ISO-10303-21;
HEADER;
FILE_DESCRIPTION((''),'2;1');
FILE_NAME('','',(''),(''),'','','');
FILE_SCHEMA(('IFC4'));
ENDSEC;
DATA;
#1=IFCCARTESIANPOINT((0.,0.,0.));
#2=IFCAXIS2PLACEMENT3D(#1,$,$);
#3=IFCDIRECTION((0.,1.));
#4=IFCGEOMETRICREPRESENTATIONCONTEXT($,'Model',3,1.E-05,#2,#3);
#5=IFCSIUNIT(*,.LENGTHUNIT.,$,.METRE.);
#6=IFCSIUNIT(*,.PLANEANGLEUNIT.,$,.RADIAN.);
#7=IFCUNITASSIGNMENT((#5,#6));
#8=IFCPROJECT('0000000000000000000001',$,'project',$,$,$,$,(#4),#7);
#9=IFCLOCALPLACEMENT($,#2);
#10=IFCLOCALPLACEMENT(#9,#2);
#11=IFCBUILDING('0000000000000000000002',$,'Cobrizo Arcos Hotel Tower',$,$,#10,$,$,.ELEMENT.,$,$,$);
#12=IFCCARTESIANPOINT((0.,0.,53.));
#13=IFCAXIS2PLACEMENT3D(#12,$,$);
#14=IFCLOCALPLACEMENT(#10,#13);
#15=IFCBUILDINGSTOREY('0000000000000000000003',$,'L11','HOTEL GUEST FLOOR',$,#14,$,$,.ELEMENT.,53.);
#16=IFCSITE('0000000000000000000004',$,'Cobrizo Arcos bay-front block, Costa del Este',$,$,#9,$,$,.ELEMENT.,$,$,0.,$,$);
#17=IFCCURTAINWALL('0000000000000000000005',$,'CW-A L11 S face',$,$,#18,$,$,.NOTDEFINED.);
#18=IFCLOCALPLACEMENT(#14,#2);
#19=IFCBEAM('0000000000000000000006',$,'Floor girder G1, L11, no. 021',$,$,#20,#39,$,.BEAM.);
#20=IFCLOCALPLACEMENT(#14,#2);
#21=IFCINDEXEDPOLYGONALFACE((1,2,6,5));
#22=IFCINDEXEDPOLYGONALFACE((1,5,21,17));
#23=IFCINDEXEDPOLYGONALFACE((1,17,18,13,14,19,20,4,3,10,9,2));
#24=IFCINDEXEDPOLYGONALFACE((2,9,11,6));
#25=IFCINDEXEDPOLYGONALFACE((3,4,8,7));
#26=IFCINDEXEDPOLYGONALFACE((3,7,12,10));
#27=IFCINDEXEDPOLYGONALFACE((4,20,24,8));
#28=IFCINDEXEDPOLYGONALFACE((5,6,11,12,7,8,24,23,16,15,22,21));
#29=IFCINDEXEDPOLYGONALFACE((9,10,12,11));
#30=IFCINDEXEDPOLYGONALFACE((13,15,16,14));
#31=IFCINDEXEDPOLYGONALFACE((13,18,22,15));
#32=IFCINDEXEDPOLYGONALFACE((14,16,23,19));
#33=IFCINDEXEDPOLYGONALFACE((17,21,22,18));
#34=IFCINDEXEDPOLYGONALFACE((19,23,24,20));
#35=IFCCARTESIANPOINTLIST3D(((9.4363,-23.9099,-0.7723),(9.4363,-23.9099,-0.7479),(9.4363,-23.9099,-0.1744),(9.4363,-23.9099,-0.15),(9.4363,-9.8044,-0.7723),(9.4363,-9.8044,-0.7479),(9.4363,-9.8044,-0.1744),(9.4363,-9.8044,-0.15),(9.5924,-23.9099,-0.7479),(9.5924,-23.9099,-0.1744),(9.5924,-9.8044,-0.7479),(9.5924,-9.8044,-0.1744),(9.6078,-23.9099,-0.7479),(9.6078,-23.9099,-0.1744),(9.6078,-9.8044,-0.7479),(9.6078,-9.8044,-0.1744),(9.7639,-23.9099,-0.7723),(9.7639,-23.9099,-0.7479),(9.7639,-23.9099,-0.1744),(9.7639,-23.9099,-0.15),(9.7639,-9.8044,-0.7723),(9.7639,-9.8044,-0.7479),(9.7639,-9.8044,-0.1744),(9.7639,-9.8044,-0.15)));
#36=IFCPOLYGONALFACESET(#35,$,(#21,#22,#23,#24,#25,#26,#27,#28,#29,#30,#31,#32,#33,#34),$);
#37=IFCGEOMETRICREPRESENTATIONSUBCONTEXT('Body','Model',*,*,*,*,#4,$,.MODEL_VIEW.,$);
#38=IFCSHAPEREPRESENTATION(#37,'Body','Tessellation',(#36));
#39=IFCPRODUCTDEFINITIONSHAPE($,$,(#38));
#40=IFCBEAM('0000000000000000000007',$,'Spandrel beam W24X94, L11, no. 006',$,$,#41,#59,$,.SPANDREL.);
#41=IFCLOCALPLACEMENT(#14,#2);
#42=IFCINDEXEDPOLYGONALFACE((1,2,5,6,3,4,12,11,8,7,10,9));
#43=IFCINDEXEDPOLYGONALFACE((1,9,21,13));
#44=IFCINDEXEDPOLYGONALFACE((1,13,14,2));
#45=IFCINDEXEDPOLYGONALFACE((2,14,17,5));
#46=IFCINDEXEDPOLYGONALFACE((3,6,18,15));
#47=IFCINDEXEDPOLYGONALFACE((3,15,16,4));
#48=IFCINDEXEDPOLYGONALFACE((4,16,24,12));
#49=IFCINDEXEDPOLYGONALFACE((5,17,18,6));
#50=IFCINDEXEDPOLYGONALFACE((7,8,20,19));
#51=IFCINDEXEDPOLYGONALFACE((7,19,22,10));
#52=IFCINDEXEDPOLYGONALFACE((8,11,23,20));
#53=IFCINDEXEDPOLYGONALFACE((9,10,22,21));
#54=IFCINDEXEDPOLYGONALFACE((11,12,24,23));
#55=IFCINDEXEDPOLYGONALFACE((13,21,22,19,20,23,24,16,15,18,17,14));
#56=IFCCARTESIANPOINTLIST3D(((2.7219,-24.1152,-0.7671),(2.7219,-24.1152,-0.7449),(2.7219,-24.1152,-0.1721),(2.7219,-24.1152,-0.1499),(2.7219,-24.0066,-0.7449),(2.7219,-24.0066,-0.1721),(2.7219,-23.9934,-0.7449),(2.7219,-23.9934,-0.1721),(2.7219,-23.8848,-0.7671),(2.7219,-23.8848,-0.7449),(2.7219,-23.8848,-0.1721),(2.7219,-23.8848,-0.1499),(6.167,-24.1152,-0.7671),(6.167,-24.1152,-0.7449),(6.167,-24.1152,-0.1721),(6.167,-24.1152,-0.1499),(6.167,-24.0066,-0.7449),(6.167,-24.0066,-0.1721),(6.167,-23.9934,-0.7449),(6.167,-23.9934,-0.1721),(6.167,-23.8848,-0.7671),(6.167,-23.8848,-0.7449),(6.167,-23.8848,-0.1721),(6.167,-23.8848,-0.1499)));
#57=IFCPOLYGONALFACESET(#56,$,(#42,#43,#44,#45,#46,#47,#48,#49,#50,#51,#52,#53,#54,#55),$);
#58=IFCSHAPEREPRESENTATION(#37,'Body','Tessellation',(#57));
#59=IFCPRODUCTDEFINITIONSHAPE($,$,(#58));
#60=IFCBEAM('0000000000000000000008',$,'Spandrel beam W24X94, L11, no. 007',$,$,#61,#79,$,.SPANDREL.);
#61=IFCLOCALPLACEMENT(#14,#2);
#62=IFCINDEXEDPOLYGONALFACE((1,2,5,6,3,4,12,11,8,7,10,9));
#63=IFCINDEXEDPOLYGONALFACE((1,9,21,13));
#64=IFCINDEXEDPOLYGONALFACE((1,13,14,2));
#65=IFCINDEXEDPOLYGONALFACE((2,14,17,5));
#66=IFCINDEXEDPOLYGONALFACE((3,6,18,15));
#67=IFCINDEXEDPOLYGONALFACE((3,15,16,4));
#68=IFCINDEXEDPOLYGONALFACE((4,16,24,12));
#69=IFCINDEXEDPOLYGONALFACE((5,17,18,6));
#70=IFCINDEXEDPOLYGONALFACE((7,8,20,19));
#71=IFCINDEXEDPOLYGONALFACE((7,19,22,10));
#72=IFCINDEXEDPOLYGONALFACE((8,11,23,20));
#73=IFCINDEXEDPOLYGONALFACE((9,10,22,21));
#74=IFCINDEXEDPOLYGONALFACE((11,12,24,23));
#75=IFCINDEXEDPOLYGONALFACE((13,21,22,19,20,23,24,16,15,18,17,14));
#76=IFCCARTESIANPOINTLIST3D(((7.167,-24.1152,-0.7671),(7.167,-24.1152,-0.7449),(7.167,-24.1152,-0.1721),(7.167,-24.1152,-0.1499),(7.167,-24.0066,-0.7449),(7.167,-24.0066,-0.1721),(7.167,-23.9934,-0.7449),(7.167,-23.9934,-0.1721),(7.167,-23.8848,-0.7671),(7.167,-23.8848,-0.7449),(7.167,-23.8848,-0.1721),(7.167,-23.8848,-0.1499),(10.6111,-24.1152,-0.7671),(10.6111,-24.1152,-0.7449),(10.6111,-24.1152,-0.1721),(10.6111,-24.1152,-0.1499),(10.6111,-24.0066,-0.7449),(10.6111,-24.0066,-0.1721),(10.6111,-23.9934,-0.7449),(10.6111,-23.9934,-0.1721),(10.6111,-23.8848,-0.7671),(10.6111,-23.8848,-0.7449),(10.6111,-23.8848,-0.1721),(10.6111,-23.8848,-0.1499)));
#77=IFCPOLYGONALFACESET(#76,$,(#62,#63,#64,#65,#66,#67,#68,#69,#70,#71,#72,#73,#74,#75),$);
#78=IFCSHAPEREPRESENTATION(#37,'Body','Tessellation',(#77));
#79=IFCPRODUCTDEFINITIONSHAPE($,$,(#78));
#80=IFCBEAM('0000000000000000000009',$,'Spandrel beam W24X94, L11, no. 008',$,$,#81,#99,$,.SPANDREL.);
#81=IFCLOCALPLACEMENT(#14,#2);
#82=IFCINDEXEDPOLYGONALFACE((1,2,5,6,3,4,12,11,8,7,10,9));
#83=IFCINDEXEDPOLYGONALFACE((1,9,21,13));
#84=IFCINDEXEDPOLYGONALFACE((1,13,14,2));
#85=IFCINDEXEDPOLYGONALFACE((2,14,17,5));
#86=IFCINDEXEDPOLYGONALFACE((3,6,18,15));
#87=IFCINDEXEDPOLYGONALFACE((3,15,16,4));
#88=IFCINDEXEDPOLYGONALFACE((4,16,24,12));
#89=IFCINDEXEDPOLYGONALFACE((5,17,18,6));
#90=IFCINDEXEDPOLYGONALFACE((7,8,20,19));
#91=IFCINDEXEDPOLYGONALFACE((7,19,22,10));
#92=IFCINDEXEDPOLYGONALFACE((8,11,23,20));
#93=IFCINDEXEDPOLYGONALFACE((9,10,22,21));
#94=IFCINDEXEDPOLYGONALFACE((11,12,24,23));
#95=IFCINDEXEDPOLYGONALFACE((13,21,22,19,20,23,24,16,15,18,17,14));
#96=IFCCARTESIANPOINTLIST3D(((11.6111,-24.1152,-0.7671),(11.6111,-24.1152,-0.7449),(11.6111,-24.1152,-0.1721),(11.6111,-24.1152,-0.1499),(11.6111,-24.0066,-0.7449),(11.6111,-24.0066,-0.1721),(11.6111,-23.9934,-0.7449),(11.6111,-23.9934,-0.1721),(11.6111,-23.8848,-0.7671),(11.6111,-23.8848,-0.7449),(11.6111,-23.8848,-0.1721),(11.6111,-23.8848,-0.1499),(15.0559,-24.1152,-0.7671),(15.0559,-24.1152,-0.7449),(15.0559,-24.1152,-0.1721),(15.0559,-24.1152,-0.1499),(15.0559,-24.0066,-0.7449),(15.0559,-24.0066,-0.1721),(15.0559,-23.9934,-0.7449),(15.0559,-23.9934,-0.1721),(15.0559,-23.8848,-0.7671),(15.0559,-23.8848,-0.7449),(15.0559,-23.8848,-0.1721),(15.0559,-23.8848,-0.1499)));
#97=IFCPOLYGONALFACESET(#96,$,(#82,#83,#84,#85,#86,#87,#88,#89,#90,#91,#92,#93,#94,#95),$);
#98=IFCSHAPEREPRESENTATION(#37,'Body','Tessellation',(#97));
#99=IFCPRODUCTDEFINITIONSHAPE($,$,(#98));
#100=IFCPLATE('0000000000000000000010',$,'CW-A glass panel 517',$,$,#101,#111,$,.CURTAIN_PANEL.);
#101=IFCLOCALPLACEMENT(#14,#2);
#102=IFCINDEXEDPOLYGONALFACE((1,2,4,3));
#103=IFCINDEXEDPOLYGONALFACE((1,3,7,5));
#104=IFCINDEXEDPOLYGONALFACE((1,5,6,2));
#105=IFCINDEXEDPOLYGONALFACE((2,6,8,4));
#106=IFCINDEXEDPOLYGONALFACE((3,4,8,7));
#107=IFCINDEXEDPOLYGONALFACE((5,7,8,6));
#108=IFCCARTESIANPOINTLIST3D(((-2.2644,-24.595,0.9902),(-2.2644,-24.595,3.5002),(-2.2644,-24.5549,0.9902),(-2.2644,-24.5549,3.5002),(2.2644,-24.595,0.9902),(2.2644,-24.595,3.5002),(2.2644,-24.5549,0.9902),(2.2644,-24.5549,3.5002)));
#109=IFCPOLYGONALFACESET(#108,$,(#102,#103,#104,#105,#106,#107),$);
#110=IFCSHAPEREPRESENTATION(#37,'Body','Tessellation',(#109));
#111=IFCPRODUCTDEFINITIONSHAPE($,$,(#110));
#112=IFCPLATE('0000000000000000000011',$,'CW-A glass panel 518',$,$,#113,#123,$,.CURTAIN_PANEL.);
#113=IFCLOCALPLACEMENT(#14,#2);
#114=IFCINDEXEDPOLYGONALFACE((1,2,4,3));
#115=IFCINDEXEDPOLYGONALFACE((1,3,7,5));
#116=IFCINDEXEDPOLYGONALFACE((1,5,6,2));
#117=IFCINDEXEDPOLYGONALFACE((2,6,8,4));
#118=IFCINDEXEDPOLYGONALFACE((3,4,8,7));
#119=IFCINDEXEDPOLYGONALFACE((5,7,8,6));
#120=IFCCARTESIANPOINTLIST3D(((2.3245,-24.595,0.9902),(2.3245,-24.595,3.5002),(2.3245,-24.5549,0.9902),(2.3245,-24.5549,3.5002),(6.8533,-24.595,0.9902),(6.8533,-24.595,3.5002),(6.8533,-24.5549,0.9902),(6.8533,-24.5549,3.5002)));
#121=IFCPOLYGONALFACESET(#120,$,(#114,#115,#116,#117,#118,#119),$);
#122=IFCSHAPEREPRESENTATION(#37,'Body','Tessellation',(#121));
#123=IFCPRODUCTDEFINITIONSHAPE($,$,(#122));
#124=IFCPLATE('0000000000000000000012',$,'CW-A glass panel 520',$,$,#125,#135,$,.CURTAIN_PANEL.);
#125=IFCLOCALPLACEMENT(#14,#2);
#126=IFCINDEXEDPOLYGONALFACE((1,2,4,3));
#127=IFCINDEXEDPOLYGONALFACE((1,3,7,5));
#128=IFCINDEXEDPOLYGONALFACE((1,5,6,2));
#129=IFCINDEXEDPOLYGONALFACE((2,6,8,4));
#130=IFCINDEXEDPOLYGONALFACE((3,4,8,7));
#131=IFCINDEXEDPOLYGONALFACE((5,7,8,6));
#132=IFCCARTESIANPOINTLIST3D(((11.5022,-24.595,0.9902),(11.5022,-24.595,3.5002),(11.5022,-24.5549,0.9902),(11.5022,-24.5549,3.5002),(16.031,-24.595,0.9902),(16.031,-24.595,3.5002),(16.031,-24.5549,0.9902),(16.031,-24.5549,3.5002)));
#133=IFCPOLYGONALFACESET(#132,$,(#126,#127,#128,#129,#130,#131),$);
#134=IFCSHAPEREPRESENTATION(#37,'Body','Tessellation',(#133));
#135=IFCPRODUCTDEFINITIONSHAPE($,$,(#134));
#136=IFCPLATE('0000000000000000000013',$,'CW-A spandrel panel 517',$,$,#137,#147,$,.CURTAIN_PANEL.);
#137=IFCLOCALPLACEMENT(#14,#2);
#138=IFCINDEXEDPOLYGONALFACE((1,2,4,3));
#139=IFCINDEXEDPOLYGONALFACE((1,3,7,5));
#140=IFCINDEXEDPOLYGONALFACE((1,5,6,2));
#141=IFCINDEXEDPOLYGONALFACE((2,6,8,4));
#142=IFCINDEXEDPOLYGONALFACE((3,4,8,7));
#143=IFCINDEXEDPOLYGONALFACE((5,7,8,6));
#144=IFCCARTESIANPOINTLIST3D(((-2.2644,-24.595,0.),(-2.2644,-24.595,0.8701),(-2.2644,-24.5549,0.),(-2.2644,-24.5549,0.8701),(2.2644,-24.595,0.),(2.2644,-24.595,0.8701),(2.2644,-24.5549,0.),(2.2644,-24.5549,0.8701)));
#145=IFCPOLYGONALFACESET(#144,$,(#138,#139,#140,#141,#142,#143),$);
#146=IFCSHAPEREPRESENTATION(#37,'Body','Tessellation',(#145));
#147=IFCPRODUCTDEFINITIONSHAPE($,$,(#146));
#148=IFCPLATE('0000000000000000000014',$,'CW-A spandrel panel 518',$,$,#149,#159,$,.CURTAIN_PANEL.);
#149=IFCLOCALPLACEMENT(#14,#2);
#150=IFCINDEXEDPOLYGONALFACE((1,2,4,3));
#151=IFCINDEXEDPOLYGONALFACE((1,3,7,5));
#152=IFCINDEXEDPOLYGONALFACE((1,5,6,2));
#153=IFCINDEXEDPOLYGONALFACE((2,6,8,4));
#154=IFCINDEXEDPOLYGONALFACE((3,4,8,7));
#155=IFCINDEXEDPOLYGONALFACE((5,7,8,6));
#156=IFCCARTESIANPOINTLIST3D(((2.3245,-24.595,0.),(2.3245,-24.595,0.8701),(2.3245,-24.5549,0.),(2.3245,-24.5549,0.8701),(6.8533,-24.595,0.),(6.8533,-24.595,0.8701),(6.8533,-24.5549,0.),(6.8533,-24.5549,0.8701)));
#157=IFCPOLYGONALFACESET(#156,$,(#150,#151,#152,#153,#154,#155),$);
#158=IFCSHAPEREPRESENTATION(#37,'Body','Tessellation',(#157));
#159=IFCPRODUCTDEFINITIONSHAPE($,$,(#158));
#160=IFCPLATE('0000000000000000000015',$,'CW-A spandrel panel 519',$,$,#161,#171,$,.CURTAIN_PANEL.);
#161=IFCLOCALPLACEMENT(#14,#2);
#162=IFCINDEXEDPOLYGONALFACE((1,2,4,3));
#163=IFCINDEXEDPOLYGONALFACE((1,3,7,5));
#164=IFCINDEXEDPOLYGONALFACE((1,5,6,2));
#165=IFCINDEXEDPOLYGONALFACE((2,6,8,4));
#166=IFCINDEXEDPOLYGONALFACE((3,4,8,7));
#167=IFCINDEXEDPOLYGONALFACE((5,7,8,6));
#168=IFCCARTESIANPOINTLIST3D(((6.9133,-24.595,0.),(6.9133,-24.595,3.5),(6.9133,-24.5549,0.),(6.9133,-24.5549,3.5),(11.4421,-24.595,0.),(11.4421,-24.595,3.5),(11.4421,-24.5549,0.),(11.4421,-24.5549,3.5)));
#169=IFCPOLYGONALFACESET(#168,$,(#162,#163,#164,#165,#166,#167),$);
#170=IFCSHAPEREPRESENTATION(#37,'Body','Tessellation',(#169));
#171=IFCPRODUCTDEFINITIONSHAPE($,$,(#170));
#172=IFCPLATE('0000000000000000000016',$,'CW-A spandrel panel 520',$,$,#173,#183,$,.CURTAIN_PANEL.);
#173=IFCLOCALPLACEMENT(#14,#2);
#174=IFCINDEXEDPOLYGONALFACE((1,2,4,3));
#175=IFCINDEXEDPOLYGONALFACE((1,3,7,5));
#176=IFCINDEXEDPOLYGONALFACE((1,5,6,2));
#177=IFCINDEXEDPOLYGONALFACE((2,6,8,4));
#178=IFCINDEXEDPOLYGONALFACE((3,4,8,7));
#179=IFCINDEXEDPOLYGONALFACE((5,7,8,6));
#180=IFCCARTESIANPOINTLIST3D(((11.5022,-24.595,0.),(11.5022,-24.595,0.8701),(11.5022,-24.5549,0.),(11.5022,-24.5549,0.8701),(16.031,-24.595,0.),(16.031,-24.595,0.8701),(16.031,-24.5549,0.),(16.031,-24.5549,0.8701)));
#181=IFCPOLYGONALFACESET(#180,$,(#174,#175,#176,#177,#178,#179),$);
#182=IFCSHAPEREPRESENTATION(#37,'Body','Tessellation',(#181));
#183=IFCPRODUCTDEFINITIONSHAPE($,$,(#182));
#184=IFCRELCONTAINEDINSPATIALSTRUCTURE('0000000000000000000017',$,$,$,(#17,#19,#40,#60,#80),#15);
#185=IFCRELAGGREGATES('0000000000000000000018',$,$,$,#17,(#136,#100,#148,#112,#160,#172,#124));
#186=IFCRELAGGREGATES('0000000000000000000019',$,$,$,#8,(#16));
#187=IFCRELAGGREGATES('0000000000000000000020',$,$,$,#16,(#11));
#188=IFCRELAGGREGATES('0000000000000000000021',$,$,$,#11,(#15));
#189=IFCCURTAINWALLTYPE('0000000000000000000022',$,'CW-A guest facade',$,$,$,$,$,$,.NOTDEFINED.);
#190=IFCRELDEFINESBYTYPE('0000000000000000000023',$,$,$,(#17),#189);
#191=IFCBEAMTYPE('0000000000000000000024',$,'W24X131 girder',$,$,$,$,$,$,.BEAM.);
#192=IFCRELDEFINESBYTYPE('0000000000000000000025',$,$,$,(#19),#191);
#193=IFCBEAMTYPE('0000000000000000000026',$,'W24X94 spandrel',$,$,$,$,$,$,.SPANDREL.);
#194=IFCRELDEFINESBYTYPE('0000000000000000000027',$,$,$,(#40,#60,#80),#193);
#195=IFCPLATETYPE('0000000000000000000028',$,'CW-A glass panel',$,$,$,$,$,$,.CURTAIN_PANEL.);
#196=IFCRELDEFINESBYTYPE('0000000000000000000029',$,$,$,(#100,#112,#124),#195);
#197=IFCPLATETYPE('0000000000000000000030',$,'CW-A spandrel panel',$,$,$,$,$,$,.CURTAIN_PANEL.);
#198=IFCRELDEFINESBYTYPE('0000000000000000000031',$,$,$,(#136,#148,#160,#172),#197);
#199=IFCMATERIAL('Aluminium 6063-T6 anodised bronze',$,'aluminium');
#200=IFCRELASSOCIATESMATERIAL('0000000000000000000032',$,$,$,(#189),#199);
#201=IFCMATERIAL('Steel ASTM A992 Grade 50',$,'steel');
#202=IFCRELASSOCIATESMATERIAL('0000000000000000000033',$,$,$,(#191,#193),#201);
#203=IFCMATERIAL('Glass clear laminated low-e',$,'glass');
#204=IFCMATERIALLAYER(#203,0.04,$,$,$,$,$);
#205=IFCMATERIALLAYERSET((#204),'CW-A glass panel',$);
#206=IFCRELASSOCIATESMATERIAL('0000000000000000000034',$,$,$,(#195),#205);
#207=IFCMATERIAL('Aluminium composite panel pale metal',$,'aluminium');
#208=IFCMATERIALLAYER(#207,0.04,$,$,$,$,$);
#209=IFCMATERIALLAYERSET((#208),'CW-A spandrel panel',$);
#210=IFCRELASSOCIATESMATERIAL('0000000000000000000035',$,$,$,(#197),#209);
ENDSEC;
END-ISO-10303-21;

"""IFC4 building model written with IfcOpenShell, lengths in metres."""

from ifc_helpers import new_model, si_unit, direction, frame, origin, origin_2d, place, context, subcontext, project, spatial, rectangle, i_section, extrude, material, layer, layer_set, material_profile, profile_set, type_object, element, aggregate, save


model = new_model("IFC4")

# Units and contexts
model_context = context("Model", 3, precision=1e-05, world=origin(), true_north=direction((0.0, 1.0)))
body_context = subcontext(model_context, "Body", "Model", "MODEL_VIEW")
ifc_project = project(units=[si_unit("LENGTHUNIT", "METRE"), si_unit("PLANEANGLEUNIT", "RADIAN")], contexts=[model_context])

# Site, building, storey
site_placement = place(None, origin())
site = spatial("IfcSite", under=ifc_project, at=site_placement, Name="Cobrizo Arcos bay-front block, Costa del Este", CompositionType="ELEMENT", RefElevation=0.0)
building_placement = place(site_placement, origin())
building = spatial("IfcBuilding", under=site, at=building_placement, Name="Cobrizo Arcos Hotel Tower", CompositionType="ELEMENT")
storey_placement = place(building_placement, frame((0.0, 0.0, 53.0)))
storey = spatial("IfcBuildingStorey", under=building, at=storey_placement, Name="L11", Description="HOTEL GUEST FLOOR", CompositionType="ELEMENT", Elevation=53.0)

# Curtain wall
ifc_material_1 = material(Name="Aluminium 6063-T6 anodised bronze", Category="aluminium")
curtain_wall_type = type_object("IfcCurtainWallType", Name="CW-A guest facade", PredefinedType="NOTDEFINED", material=ifc_material_1)
curtain_wall_placement = place(storey_placement, origin())
curtain_wall = element("IfcCurtainWall", 1, at=curtain_wall_placement, inside=storey, type_object=curtain_wall_type, Name="CW-A L11 S face", PredefinedType="NOTDEFINED")

# Beams
ifc_material_2 = material(Name="Steel ASTM A992 Grade 50", Category="steel")
ifc_material_profile_1 = material_profile(ifc_material_2, i_section(OverallWidth=0.3276, OverallDepth=0.6223, WebThickness=0.0154, FlangeThickness=0.0244, at=origin_2d()), Name="W24X131")
ifc_profile_set_1 = profile_set([ifc_material_profile_1], Name="Steel ASTM A992 Grade 50")
beam_type_1 = type_object("IfcBeamType", Name="W24X131 girder", PredefinedType="BEAM", material=ifc_profile_set_1)
beam_1_placement = place(storey_placement, frame((9.6001, -23.9099, -0.4612), z_axis=(0.0, 1.0, 0.0), x_axis=(-1.0, 0.0, 0.0)))
element("IfcBeam", 2, at=beam_1_placement, inside=storey, type_object=beam_type_1, Name="Floor girder G1, L11, no. 021", PredefinedType="BEAM", context=body_context, shape_type="SweptSolid", body=[
    extrude(i_section(OverallWidth=0.3276, OverallDepth=0.6223, WebThickness=0.0154, FlangeThickness=0.0244, at=origin_2d()), origin(), (0.0, 0.0, 1.0), 14.1055),
])
ifc_material_profile_2 = material_profile(ifc_material_2, i_section(OverallWidth=0.2305, OverallDepth=0.6172, WebThickness=0.0132, FlangeThickness=0.0222, at=origin_2d()), Name="W24X94")
ifc_profile_set_2 = profile_set([ifc_material_profile_2], Name="Steel ASTM A992 Grade 50")
beam_type_2 = type_object("IfcBeamType", Name="W24X94 spandrel", PredefinedType="SPANDREL", material=ifc_profile_set_2)
beam_2_placement = place(storey_placement, frame((2.7219, -24.0, -0.4585), z_axis=(1.0, 0.0, 0.0), x_axis=(0.0, 1.0, 0.0)))
element("IfcBeam", 3, at=beam_2_placement, inside=storey, type_object=beam_type_2, Name="Spandrel beam W24X94, L11, no. 006", PredefinedType="SPANDREL", context=body_context, shape_type="SweptSolid", body=[
    extrude(i_section(OverallWidth=0.2305, OverallDepth=0.6172, WebThickness=0.0132, FlangeThickness=0.0222, at=origin_2d()), origin(), (0.0, 0.0, 1.0), 3.4451),
])
beam_3_placement = place(storey_placement, frame((7.167, -24.0, -0.4585), z_axis=(1.0, 0.0, 0.0), x_axis=(0.0, 1.0, 0.0)))
element("IfcBeam", 4, at=beam_3_placement, inside=storey, type_object=beam_type_2, Name="Spandrel beam W24X94, L11, no. 007", PredefinedType="SPANDREL", context=body_context, shape_type="SweptSolid", body=[
    extrude(i_section(OverallWidth=0.2305, OverallDepth=0.6172, WebThickness=0.0132, FlangeThickness=0.0222, at=origin_2d()), origin(), (0.0, 0.0, 1.0), 3.4441),
])
beam_4_placement = place(storey_placement, frame((11.6111, -24.0, -0.4585), z_axis=(1.0, 0.0, 0.0), x_axis=(0.0, 1.0, 0.0)))
element("IfcBeam", 5, at=beam_4_placement, inside=storey, type_object=beam_type_2, Name="Spandrel beam W24X94, L11, no. 008", PredefinedType="SPANDREL", context=body_context, shape_type="SweptSolid", body=[
    extrude(i_section(OverallWidth=0.2305, OverallDepth=0.6172, WebThickness=0.0132, FlangeThickness=0.0222, at=origin_2d()), origin(), (0.0, 0.0, 1.0), 3.4448),
])

# Plates
ifc_material_3 = material(Name="Glass clear laminated low-e", Category="glass")
ifc_layer_1 = layer(ifc_material_3, 0.04)
ifc_layer_set_1 = layer_set([ifc_layer_1], Name="CW-A glass panel")
plate_type_1 = type_object("IfcPlateType", Name="CW-A glass panel", PredefinedType="CURTAIN_PANEL", material=ifc_layer_set_1)
plate_1_placement = place(storey_placement, frame((0.0, -24.575, 0.9902), z_axis=(0.0, 0.0, 1.0), x_axis=(1.0, 0.0, 0.0)))
plate_1 = element("IfcPlate", 6, at=plate_1_placement, type_object=plate_type_1, Name="CW-A glass panel 517", PredefinedType="CURTAIN_PANEL", context=body_context, shape_type="SweptSolid", body=[
    extrude(rectangle(XDim=4.5288, YDim=0.04, at=origin_2d()), origin(), (0.0, 0.0, 1.0), 2.51),
])
plate_2_placement = place(storey_placement, frame((4.5889, -24.575, 0.9902), z_axis=(0.0, 0.0, 1.0), x_axis=(1.0, 0.0, 0.0)))
plate_2 = element("IfcPlate", 7, at=plate_2_placement, type_object=plate_type_1, Name="CW-A glass panel 518", PredefinedType="CURTAIN_PANEL", context=body_context, shape_type="SweptSolid", body=[
    extrude(rectangle(XDim=4.5288, YDim=0.04, at=origin_2d()), origin(), (0.0, 0.0, 1.0), 2.51),
])
plate_3_placement = place(storey_placement, frame((13.7666, -24.575, 0.9902), z_axis=(0.0, 0.0, 1.0), x_axis=(1.0, 0.0, 0.0)))
plate_3 = element("IfcPlate", 8, at=plate_3_placement, type_object=plate_type_1, Name="CW-A glass panel 520", PredefinedType="CURTAIN_PANEL", context=body_context, shape_type="SweptSolid", body=[
    extrude(rectangle(XDim=4.5288, YDim=0.04, at=origin_2d()), origin(), (0.0, 0.0, 1.0), 2.51),
])
ifc_material_4 = material(Name="Aluminium composite panel pale metal", Category="aluminium")
ifc_layer_2 = layer(ifc_material_4, 0.04)
ifc_layer_set_2 = layer_set([ifc_layer_2], Name="CW-A spandrel panel")
plate_type_2 = type_object("IfcPlateType", Name="CW-A spandrel panel", PredefinedType="CURTAIN_PANEL", material=ifc_layer_set_2)
plate_4_placement = place(storey_placement, frame((0.0, -24.575, 0.0), z_axis=(0.0, 0.0, 1.0), x_axis=(1.0, 0.0, 0.0)))
plate_4 = element("IfcPlate", 9, at=plate_4_placement, type_object=plate_type_2, Name="CW-A spandrel panel 517", PredefinedType="CURTAIN_PANEL", context=body_context, shape_type="SweptSolid", body=[
    extrude(rectangle(XDim=4.5288, YDim=0.04, at=origin_2d()), origin(), (0.0, 0.0, 1.0), 0.8701),
])
plate_5_placement = place(storey_placement, frame((4.5889, -24.575, 0.0), z_axis=(0.0, 0.0, 1.0), x_axis=(1.0, 0.0, 0.0)))
plate_5 = element("IfcPlate", 10, at=plate_5_placement, type_object=plate_type_2, Name="CW-A spandrel panel 518", PredefinedType="CURTAIN_PANEL", context=body_context, shape_type="SweptSolid", body=[
    extrude(rectangle(XDim=4.5288, YDim=0.04, at=origin_2d()), origin(), (0.0, 0.0, 1.0), 0.8701),
])
plate_6_placement = place(storey_placement, frame((9.1777, -24.575, 0.0), z_axis=(0.0, 0.0, 1.0), x_axis=(1.0, 0.0, 0.0)))
plate_6 = element("IfcPlate", 11, at=plate_6_placement, type_object=plate_type_2, Name="CW-A spandrel panel 519", PredefinedType="CURTAIN_PANEL", context=body_context, shape_type="SweptSolid", body=[
    extrude(rectangle(XDim=4.5288, YDim=0.04, at=origin_2d()), origin(), (0.0, 0.0, 1.0), 3.5),
])
plate_7_placement = place(storey_placement, frame((13.7666, -24.575, 0.0), z_axis=(0.0, 0.0, 1.0), x_axis=(1.0, 0.0, 0.0)))
plate_7 = element("IfcPlate", 12, at=plate_7_placement, type_object=plate_type_2, Name="CW-A spandrel panel 520", PredefinedType="CURTAIN_PANEL", context=body_context, shape_type="SweptSolid", body=[
    extrude(rectangle(XDim=4.5288, YDim=0.04, at=origin_2d()), origin(), (0.0, 0.0, 1.0), 0.8701),
])
aggregate(curtain_wall, [plate_4, plate_1, plate_5, plate_2, plate_6, plate_7, plate_3])

save(model, "model.ifc")
